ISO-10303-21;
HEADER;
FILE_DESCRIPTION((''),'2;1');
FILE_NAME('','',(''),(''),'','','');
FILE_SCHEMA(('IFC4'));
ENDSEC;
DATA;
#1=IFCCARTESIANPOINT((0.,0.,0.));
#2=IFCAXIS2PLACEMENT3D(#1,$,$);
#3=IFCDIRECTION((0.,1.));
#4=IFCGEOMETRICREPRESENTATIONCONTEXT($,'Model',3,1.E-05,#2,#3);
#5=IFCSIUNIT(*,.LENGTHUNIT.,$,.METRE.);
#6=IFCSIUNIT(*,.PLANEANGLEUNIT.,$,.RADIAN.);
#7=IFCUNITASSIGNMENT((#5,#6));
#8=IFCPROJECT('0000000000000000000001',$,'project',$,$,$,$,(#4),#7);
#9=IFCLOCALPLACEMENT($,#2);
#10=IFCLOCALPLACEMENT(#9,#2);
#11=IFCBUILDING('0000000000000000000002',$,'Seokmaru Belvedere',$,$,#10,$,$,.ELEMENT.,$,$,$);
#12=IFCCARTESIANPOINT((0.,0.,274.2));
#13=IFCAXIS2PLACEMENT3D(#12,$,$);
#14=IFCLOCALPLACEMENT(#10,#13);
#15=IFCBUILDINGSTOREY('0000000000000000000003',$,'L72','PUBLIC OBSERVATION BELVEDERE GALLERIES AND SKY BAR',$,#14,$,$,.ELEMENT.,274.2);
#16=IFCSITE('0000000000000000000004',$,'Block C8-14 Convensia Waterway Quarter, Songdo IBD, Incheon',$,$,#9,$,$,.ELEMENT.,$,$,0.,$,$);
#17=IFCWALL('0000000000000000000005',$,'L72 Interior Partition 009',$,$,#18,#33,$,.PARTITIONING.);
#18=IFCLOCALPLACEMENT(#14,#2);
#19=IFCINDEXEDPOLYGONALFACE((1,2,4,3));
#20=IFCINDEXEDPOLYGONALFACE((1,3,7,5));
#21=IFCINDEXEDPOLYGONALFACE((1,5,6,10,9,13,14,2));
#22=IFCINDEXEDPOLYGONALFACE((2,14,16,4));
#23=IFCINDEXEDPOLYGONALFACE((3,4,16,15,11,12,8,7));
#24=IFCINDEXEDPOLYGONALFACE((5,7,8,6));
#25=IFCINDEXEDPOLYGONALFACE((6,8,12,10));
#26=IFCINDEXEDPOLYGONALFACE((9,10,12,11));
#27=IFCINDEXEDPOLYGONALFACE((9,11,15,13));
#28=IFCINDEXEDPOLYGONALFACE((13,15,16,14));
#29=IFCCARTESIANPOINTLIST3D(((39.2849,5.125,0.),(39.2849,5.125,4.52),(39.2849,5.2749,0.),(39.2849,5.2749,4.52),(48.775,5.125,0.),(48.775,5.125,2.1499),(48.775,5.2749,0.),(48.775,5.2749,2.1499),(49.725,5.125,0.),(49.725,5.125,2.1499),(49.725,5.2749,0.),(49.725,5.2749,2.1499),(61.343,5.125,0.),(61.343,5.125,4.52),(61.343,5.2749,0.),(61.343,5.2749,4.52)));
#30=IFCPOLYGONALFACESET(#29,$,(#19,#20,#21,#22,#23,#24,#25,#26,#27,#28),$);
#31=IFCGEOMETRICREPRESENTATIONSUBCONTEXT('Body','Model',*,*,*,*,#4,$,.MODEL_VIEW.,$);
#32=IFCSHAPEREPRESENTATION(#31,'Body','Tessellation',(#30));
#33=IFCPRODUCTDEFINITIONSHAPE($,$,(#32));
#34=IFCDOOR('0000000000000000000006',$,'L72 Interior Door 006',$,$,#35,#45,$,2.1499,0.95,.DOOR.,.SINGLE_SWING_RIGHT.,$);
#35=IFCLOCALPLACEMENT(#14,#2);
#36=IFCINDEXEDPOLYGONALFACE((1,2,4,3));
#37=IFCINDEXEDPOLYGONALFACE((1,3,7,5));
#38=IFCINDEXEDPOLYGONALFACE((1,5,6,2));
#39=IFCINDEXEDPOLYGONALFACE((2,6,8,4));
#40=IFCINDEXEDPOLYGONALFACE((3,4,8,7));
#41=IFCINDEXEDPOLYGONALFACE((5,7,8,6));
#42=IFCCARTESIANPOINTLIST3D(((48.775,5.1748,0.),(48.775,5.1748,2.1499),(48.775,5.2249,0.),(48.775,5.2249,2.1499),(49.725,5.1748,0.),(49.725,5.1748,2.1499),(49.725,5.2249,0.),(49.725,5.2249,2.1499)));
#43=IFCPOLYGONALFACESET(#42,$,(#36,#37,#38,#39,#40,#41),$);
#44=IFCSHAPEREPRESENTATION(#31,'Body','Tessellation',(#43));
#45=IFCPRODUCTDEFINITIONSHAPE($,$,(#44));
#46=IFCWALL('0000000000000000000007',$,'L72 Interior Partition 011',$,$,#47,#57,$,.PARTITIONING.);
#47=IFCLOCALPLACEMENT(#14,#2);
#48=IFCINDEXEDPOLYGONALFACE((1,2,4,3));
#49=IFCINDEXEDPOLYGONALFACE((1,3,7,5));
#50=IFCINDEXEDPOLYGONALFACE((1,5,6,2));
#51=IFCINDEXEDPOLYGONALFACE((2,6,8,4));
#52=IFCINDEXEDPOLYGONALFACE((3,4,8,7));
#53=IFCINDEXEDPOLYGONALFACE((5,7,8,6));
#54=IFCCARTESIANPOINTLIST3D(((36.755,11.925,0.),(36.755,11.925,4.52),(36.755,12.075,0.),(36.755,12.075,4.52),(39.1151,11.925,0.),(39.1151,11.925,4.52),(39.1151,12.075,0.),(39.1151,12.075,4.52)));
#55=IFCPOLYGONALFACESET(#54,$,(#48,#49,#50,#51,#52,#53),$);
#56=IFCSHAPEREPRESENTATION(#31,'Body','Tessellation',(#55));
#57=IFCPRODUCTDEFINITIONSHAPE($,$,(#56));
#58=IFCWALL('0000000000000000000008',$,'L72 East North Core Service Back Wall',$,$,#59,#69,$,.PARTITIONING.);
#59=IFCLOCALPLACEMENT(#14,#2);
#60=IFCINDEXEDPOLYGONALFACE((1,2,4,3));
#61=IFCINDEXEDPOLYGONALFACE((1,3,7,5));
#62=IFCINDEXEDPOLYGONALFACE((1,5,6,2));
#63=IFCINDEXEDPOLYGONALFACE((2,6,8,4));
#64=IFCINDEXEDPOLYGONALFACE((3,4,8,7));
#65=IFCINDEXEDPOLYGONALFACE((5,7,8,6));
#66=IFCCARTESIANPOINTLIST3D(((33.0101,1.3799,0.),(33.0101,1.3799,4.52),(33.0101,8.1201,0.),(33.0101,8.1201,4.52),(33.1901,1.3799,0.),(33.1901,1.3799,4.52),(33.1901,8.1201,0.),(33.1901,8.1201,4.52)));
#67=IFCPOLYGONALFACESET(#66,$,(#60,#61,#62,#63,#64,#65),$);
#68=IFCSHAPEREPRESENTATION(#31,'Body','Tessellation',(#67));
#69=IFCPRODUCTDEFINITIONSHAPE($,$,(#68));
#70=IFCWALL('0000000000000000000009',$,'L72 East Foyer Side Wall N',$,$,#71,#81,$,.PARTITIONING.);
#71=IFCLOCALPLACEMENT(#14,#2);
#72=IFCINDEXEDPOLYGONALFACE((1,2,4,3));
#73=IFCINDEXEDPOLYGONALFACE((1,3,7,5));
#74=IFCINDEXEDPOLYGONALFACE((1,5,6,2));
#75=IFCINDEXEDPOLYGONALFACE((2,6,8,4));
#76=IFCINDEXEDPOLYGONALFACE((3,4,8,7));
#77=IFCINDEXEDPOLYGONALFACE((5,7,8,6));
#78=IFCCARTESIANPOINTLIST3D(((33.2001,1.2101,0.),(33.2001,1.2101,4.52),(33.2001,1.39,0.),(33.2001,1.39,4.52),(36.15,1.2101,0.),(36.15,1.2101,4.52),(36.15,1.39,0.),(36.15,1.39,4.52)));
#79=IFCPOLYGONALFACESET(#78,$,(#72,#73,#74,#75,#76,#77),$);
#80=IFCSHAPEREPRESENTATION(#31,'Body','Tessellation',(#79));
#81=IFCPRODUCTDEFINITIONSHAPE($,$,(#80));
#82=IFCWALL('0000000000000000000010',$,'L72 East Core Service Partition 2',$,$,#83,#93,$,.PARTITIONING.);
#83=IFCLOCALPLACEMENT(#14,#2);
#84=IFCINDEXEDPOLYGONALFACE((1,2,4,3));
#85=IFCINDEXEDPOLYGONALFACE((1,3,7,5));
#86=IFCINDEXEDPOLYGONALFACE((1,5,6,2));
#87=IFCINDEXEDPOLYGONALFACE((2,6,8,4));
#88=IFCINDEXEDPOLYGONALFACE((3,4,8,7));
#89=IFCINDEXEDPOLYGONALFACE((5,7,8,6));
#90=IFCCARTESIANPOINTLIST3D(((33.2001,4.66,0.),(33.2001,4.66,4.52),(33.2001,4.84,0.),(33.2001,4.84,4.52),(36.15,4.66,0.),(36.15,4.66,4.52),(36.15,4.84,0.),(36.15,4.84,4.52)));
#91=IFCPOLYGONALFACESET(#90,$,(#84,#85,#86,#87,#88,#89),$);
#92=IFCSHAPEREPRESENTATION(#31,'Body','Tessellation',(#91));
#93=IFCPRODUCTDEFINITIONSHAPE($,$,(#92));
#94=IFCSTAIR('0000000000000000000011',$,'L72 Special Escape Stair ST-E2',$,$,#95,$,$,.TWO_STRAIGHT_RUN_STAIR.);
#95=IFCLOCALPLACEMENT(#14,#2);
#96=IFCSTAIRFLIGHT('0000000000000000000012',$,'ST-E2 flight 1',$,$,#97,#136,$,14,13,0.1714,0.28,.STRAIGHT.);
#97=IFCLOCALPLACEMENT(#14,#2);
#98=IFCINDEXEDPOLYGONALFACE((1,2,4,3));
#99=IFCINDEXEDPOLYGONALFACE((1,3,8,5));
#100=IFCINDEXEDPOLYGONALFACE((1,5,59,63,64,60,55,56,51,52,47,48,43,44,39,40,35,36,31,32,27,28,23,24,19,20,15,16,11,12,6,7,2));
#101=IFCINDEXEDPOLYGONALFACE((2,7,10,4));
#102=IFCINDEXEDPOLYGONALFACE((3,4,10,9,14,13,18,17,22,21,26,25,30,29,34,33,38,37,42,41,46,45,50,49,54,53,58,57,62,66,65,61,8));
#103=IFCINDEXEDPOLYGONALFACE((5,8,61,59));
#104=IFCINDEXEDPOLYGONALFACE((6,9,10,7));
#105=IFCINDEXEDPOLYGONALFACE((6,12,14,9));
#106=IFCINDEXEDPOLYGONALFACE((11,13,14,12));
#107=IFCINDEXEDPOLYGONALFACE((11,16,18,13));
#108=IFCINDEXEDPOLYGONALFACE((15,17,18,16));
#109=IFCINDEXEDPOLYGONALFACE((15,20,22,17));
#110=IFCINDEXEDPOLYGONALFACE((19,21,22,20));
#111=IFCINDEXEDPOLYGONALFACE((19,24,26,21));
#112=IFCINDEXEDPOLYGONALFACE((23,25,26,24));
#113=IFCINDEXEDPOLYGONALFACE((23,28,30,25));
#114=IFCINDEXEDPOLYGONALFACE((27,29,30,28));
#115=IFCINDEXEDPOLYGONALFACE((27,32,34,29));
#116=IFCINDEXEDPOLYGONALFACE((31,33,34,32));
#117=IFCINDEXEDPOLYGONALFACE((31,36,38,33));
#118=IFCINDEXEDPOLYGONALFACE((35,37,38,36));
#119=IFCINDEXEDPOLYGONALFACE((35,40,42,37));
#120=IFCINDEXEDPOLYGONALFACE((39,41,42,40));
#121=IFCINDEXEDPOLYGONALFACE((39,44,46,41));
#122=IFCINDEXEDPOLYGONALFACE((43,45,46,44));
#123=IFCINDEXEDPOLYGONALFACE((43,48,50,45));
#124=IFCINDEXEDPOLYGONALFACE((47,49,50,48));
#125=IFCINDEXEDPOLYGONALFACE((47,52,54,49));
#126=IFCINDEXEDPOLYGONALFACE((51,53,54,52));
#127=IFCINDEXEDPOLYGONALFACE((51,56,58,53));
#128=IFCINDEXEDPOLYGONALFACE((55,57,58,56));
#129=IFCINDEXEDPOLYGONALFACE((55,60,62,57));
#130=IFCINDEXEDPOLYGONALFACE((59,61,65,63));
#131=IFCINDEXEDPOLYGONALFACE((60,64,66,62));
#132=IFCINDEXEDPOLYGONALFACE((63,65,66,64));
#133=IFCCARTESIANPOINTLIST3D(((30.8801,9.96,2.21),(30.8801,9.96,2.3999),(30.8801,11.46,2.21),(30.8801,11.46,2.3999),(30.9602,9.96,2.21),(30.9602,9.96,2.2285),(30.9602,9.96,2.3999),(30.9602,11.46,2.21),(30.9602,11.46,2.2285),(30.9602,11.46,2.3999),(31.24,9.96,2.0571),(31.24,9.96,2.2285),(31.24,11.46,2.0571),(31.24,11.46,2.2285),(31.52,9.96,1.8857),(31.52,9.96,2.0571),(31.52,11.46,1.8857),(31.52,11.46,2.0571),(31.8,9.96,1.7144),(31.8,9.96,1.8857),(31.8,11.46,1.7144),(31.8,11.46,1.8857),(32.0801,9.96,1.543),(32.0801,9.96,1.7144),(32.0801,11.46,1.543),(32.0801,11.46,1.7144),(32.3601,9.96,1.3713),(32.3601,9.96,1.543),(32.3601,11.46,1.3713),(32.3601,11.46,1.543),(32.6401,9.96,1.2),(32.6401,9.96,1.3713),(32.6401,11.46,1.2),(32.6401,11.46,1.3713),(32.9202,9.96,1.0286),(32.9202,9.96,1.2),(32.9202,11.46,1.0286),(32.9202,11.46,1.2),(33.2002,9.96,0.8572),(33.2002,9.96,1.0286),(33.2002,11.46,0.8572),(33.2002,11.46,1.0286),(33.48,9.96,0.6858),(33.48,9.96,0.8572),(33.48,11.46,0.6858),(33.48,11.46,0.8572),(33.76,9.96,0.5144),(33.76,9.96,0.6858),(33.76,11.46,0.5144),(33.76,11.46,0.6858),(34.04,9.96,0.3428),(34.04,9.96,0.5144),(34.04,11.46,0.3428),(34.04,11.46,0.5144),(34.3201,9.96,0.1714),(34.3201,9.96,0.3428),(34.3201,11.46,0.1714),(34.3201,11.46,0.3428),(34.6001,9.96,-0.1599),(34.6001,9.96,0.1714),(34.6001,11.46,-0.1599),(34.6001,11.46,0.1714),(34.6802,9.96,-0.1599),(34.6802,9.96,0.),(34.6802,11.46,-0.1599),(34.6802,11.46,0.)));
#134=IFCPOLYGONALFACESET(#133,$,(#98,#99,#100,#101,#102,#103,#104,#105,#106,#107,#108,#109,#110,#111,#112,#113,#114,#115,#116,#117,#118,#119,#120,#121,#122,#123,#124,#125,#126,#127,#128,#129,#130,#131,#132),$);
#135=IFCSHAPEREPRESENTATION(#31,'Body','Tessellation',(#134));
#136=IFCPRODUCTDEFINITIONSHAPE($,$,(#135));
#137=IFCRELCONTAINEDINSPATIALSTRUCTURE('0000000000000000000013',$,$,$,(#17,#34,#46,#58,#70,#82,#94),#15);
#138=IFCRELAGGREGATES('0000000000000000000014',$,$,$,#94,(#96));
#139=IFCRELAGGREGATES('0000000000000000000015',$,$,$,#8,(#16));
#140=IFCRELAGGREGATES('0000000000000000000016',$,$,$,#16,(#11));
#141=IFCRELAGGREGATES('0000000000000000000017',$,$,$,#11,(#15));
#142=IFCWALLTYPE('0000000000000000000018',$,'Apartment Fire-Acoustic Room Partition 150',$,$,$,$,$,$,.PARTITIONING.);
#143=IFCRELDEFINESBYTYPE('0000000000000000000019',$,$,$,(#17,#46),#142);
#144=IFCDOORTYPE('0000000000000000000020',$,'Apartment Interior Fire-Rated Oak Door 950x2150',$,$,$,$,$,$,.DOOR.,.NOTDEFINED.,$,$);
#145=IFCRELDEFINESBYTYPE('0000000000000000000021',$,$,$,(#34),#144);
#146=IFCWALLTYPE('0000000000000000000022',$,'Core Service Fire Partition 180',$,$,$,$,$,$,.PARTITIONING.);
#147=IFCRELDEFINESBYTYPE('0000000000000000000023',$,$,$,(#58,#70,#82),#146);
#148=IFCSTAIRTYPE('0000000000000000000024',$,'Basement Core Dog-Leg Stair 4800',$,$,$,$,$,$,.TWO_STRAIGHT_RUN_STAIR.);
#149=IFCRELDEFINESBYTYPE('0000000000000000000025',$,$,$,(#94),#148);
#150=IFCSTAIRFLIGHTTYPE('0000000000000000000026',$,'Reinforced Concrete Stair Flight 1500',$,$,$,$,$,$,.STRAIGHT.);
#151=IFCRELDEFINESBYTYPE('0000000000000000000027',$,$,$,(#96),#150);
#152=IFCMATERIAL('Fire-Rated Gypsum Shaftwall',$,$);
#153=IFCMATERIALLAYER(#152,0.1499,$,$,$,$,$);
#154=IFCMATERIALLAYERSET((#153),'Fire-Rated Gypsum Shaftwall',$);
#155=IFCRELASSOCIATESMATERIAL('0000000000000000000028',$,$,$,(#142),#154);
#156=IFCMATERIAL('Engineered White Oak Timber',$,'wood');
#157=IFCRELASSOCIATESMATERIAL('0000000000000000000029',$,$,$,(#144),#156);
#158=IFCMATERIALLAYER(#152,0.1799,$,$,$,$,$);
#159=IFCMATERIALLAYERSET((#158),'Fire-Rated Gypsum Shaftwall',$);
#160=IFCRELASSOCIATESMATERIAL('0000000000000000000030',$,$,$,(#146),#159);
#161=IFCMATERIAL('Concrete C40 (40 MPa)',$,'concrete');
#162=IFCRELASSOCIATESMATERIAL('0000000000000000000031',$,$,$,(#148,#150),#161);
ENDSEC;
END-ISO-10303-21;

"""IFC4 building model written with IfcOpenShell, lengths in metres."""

from ifc_helpers import new_model, si_unit, direction, frame, frame_2d, origin, place, context, subcontext, project, spatial, polyline, rectangle, outline, extrude, source, transform, mapped, material, layer, layer_set, type_object, type_shapes, element, fill, aggregate, save


model = new_model("IFC4")

# Units and contexts
model_context = context("Model", 3, precision=1e-05, world=origin(), true_north=direction((0.0, 1.0)))
body_context = subcontext(model_context, "Body", "Model", "MODEL_VIEW")
ifc_project = project(units=[si_unit("LENGTHUNIT", "METRE"), si_unit("PLANEANGLEUNIT", "RADIAN")], contexts=[model_context])

# Site, building, storey
site_placement = place(None, origin())
site = spatial("IfcSite", under=ifc_project, at=site_placement, Name="Block C8-14 Convensia Waterway Quarter, Songdo IBD, Incheon", CompositionType="ELEMENT", RefElevation=0.0)
building_placement = place(site_placement, origin())
building = spatial("IfcBuilding", under=site, at=building_placement, Name="Seokmaru Belvedere", CompositionType="ELEMENT")
storey_placement = place(building_placement, frame((0.0, 0.0, 274.2)))
storey = spatial("IfcBuildingStorey", under=building, at=storey_placement, Name="L72", Description="PUBLIC OBSERVATION BELVEDERE GALLERIES AND SKY BAR", CompositionType="ELEMENT", Elevation=274.2)

# Wall, opening, door
ifc_material_1 = material(Name="Fire-Rated Gypsum Shaftwall")
ifc_layer_1 = layer(ifc_material_1, 0.1499)
ifc_layer_set_1 = layer_set([ifc_layer_1], Name="Fire-Rated Gypsum Shaftwall")
wall_type_1 = type_object("IfcWallType", Name="Apartment Fire-Acoustic Room Partition 150", PredefinedType="PARTITIONING", material=ifc_layer_set_1)
wall_1_placement = place(storey_placement, frame((39.2849, 5.2, 0.0), z_axis=(0.0, 0.0, 1.0), x_axis=(1.0, 0.0, 0.0)))
wall_1 = element("IfcWall", 1, at=wall_1_placement, inside=storey, type_object=wall_type_1, Name="L72 Interior Partition 009", PredefinedType="PARTITIONING", context=body_context, shape_type="SweptSolid", body=[
    extrude(rectangle(XDim=22.0581, YDim=0.1499, at=frame_2d((11.0291, 0.0))), origin(), (0.0, 0.0, 1.0), 4.52),
])
opening_1_placement = place(wall_1_placement, frame((9.49, 0.0, 0.0)))
opening_1 = element("IfcOpeningElement", 2, at=opening_1_placement, cuts=wall_1, PredefinedType="OPENING", context=body_context, shape_type="SweptSolid", body=[
    extrude(rectangle(XDim=0.95, YDim=2.1499, at=frame_2d((0.4751, 1.075))), frame((0.0, 0.085, 0.0), z_axis=(0.0, -1.0, 0.0), x_axis=(1.0, 0.0, 0.0)), (0.0, 0.0, 1.0), 0.1699),
])
ifc_material_2 = material(Name="Engineered White Oak Timber", Category="wood")
door_type_1 = type_object("IfcDoorType", Name="Apartment Interior Fire-Rated Oak Door 950x2150", OperationType="NOTDEFINED", PredefinedType="DOOR", material=ifc_material_2)
shared_shape_1 = source(origin(), body_context, "Body", "SweptSolid", [
    extrude(rectangle(XDim=0.95, YDim=2.1499, at=frame_2d((0.4751, 1.075))), frame((0.0, 0.0249, 0.0), z_axis=(0.0, -1.0, 0.0), x_axis=(1.0, 0.0, 0.0)), (0.0, 0.0, 1.0), 0.05),
])
type_shapes(door_type_1, [shared_shape_1])
door_1_placement = place(opening_1_placement, origin())
door_1 = element("IfcDoor", 3, at=door_1_placement, inside=storey, type_object=door_type_1, Name="L72 Interior Door 006", OperationType="SINGLE_SWING_RIGHT", OverallHeight=2.1499, OverallWidth=0.95, PredefinedType="DOOR", context=body_context, shape_type="MappedRepresentation", body=[
    mapped(shared_shape_1, transform((0.0, 0.0, 0.0), scale=1.0)),
])
fill(opening_1, door_1)

# Walls
wall_2_placement = place(storey_placement, frame((36.7549, 12.0, 0.0), z_axis=(0.0, 0.0, 1.0), x_axis=(1.0, 0.0, 0.0)))
element("IfcWall", 4, at=wall_2_placement, inside=storey, type_object=wall_type_1, Name="L72 Interior Partition 011", PredefinedType="PARTITIONING", context=body_context, shape_type="SweptSolid", body=[
    extrude(rectangle(XDim=2.3601, YDim=0.1499, at=frame_2d((1.1802, 0.0))), origin(), (0.0, 0.0, 1.0), 4.52),
])
ifc_layer_2 = layer(ifc_material_1, 0.1799)
ifc_layer_set_2 = layer_set([ifc_layer_2], Name="Fire-Rated Gypsum Shaftwall")
wall_type_2 = type_object("IfcWallType", Name="Core Service Fire Partition 180", PredefinedType="PARTITIONING", material=ifc_layer_set_2)
wall_3_placement = place(storey_placement, frame((33.1001, 1.3799, 0.0), z_axis=(0.0, 0.0, 1.0), x_axis=(0.0, 1.0, 0.0)))
element("IfcWall", 5, at=wall_3_placement, inside=storey, type_object=wall_type_2, Name="L72 East North Core Service Back Wall", PredefinedType="PARTITIONING", context=body_context, shape_type="SweptSolid", body=[
    extrude(rectangle(XDim=6.7402, YDim=0.1799, at=frame_2d((3.3701, 0.0))), origin(), (0.0, 0.0, 1.0), 4.52),
])
for number, where, z_axis, x_axis, name in (
    (6, (33.2, 1.3, 0.0), (0.0, 0.0, 1.0), (1.0, 0.0, 0.0), "L72 East Foyer Side Wall N"),
    (7, (33.2, 4.75, 0.0), (0.0, 0.0, 1.0), (1.0, 0.0, 0.0), "L72 East Core Service Partition 2"),
):
    element("IfcWall", number, at=place(storey_placement, frame(where, z_axis=z_axis, x_axis=x_axis)), inside=storey, type_object=wall_type_2, Name=name, PredefinedType="PARTITIONING", context=body_context, shape_type="SweptSolid", body=[
        extrude(rectangle(XDim=2.95, YDim=0.1799, at=frame_2d((1.4751, 0.0))), origin(), (0.0, 0.0, 1.0), 4.52),
    ])

# Stair, stair flight
ifc_material_3 = material(Name="Concrete C40 (40 MPa)", Category="concrete")
stair_type = type_object("IfcStairType", Name="Basement Core Dog-Leg Stair 4800", PredefinedType="TWO_STRAIGHT_RUN_STAIR", material=ifc_material_3)
stair_placement = place(storey_placement, origin())
stair = element("IfcStair", 8, at=stair_placement, inside=storey, type_object=stair_type, Name="L72 Special Escape Stair ST-E2", PredefinedType="TWO_STRAIGHT_RUN_STAIR")
stair_flight_type = type_object("IfcStairFlightType", Name="Reinforced Concrete Stair Flight 1500", PredefinedType="STRAIGHT", material=ifc_material_3)
stair_flight_placement = place(storey_placement, frame((34.6001, 10.71, 0.0), z_axis=(0.0, 0.0, 1.0), x_axis=(-1.0, 0.0, 0.0)))
stair_flight = element("IfcStairFlight", 9, at=stair_flight_placement, type_object=stair_flight_type, Name="ST-E2 flight 1", NumberOfRisers=14, NumberOfTreads=13, PredefinedType="STRAIGHT", RiserHeight=0.1714, TreadLength=0.28, context=body_context, shape_type="SweptSolid", body=[
    extrude(outline(polyline([(-0.0801, 0.0), (0.0, 0.1714), (0.28, 0.1714), (0.28, 0.3428), (0.5601, 0.3428), (0.5601, 0.5144), (0.8401, 0.5144), (0.8401, 0.6858), (1.1201, 0.6858), (1.1201, 0.8572), (1.3999, 0.8572), (1.3999, 1.0286), (1.6799, 1.0286), (1.6799, 1.2), (1.96, 1.2), (1.96, 1.3713), (2.24, 1.3713), (2.24, 1.543), (2.52, 1.543), (2.52, 1.7144), (2.8, 1.7144), (2.8, 1.8857), (3.0801, 1.8857), (3.0801, 2.0571), (3.3601, 2.0571), (3.3601, 2.2285), (3.6399, 2.2285), (3.6399, 2.3999), (3.72, 2.3999), (3.72, 2.21), (3.6399, 2.21), (0.0, -0.1599), (-0.0801, -0.1599), (-0.0801, 0.0)])), frame((0.0, 0.75, 0.0), z_axis=(0.0, -1.0, 0.0), x_axis=(1.0, 0.0, 0.0)), (0.0, 0.0, 1.0), 1.5),
])
aggregate(stair, [stair_flight])

save(model, "model.ifc")
